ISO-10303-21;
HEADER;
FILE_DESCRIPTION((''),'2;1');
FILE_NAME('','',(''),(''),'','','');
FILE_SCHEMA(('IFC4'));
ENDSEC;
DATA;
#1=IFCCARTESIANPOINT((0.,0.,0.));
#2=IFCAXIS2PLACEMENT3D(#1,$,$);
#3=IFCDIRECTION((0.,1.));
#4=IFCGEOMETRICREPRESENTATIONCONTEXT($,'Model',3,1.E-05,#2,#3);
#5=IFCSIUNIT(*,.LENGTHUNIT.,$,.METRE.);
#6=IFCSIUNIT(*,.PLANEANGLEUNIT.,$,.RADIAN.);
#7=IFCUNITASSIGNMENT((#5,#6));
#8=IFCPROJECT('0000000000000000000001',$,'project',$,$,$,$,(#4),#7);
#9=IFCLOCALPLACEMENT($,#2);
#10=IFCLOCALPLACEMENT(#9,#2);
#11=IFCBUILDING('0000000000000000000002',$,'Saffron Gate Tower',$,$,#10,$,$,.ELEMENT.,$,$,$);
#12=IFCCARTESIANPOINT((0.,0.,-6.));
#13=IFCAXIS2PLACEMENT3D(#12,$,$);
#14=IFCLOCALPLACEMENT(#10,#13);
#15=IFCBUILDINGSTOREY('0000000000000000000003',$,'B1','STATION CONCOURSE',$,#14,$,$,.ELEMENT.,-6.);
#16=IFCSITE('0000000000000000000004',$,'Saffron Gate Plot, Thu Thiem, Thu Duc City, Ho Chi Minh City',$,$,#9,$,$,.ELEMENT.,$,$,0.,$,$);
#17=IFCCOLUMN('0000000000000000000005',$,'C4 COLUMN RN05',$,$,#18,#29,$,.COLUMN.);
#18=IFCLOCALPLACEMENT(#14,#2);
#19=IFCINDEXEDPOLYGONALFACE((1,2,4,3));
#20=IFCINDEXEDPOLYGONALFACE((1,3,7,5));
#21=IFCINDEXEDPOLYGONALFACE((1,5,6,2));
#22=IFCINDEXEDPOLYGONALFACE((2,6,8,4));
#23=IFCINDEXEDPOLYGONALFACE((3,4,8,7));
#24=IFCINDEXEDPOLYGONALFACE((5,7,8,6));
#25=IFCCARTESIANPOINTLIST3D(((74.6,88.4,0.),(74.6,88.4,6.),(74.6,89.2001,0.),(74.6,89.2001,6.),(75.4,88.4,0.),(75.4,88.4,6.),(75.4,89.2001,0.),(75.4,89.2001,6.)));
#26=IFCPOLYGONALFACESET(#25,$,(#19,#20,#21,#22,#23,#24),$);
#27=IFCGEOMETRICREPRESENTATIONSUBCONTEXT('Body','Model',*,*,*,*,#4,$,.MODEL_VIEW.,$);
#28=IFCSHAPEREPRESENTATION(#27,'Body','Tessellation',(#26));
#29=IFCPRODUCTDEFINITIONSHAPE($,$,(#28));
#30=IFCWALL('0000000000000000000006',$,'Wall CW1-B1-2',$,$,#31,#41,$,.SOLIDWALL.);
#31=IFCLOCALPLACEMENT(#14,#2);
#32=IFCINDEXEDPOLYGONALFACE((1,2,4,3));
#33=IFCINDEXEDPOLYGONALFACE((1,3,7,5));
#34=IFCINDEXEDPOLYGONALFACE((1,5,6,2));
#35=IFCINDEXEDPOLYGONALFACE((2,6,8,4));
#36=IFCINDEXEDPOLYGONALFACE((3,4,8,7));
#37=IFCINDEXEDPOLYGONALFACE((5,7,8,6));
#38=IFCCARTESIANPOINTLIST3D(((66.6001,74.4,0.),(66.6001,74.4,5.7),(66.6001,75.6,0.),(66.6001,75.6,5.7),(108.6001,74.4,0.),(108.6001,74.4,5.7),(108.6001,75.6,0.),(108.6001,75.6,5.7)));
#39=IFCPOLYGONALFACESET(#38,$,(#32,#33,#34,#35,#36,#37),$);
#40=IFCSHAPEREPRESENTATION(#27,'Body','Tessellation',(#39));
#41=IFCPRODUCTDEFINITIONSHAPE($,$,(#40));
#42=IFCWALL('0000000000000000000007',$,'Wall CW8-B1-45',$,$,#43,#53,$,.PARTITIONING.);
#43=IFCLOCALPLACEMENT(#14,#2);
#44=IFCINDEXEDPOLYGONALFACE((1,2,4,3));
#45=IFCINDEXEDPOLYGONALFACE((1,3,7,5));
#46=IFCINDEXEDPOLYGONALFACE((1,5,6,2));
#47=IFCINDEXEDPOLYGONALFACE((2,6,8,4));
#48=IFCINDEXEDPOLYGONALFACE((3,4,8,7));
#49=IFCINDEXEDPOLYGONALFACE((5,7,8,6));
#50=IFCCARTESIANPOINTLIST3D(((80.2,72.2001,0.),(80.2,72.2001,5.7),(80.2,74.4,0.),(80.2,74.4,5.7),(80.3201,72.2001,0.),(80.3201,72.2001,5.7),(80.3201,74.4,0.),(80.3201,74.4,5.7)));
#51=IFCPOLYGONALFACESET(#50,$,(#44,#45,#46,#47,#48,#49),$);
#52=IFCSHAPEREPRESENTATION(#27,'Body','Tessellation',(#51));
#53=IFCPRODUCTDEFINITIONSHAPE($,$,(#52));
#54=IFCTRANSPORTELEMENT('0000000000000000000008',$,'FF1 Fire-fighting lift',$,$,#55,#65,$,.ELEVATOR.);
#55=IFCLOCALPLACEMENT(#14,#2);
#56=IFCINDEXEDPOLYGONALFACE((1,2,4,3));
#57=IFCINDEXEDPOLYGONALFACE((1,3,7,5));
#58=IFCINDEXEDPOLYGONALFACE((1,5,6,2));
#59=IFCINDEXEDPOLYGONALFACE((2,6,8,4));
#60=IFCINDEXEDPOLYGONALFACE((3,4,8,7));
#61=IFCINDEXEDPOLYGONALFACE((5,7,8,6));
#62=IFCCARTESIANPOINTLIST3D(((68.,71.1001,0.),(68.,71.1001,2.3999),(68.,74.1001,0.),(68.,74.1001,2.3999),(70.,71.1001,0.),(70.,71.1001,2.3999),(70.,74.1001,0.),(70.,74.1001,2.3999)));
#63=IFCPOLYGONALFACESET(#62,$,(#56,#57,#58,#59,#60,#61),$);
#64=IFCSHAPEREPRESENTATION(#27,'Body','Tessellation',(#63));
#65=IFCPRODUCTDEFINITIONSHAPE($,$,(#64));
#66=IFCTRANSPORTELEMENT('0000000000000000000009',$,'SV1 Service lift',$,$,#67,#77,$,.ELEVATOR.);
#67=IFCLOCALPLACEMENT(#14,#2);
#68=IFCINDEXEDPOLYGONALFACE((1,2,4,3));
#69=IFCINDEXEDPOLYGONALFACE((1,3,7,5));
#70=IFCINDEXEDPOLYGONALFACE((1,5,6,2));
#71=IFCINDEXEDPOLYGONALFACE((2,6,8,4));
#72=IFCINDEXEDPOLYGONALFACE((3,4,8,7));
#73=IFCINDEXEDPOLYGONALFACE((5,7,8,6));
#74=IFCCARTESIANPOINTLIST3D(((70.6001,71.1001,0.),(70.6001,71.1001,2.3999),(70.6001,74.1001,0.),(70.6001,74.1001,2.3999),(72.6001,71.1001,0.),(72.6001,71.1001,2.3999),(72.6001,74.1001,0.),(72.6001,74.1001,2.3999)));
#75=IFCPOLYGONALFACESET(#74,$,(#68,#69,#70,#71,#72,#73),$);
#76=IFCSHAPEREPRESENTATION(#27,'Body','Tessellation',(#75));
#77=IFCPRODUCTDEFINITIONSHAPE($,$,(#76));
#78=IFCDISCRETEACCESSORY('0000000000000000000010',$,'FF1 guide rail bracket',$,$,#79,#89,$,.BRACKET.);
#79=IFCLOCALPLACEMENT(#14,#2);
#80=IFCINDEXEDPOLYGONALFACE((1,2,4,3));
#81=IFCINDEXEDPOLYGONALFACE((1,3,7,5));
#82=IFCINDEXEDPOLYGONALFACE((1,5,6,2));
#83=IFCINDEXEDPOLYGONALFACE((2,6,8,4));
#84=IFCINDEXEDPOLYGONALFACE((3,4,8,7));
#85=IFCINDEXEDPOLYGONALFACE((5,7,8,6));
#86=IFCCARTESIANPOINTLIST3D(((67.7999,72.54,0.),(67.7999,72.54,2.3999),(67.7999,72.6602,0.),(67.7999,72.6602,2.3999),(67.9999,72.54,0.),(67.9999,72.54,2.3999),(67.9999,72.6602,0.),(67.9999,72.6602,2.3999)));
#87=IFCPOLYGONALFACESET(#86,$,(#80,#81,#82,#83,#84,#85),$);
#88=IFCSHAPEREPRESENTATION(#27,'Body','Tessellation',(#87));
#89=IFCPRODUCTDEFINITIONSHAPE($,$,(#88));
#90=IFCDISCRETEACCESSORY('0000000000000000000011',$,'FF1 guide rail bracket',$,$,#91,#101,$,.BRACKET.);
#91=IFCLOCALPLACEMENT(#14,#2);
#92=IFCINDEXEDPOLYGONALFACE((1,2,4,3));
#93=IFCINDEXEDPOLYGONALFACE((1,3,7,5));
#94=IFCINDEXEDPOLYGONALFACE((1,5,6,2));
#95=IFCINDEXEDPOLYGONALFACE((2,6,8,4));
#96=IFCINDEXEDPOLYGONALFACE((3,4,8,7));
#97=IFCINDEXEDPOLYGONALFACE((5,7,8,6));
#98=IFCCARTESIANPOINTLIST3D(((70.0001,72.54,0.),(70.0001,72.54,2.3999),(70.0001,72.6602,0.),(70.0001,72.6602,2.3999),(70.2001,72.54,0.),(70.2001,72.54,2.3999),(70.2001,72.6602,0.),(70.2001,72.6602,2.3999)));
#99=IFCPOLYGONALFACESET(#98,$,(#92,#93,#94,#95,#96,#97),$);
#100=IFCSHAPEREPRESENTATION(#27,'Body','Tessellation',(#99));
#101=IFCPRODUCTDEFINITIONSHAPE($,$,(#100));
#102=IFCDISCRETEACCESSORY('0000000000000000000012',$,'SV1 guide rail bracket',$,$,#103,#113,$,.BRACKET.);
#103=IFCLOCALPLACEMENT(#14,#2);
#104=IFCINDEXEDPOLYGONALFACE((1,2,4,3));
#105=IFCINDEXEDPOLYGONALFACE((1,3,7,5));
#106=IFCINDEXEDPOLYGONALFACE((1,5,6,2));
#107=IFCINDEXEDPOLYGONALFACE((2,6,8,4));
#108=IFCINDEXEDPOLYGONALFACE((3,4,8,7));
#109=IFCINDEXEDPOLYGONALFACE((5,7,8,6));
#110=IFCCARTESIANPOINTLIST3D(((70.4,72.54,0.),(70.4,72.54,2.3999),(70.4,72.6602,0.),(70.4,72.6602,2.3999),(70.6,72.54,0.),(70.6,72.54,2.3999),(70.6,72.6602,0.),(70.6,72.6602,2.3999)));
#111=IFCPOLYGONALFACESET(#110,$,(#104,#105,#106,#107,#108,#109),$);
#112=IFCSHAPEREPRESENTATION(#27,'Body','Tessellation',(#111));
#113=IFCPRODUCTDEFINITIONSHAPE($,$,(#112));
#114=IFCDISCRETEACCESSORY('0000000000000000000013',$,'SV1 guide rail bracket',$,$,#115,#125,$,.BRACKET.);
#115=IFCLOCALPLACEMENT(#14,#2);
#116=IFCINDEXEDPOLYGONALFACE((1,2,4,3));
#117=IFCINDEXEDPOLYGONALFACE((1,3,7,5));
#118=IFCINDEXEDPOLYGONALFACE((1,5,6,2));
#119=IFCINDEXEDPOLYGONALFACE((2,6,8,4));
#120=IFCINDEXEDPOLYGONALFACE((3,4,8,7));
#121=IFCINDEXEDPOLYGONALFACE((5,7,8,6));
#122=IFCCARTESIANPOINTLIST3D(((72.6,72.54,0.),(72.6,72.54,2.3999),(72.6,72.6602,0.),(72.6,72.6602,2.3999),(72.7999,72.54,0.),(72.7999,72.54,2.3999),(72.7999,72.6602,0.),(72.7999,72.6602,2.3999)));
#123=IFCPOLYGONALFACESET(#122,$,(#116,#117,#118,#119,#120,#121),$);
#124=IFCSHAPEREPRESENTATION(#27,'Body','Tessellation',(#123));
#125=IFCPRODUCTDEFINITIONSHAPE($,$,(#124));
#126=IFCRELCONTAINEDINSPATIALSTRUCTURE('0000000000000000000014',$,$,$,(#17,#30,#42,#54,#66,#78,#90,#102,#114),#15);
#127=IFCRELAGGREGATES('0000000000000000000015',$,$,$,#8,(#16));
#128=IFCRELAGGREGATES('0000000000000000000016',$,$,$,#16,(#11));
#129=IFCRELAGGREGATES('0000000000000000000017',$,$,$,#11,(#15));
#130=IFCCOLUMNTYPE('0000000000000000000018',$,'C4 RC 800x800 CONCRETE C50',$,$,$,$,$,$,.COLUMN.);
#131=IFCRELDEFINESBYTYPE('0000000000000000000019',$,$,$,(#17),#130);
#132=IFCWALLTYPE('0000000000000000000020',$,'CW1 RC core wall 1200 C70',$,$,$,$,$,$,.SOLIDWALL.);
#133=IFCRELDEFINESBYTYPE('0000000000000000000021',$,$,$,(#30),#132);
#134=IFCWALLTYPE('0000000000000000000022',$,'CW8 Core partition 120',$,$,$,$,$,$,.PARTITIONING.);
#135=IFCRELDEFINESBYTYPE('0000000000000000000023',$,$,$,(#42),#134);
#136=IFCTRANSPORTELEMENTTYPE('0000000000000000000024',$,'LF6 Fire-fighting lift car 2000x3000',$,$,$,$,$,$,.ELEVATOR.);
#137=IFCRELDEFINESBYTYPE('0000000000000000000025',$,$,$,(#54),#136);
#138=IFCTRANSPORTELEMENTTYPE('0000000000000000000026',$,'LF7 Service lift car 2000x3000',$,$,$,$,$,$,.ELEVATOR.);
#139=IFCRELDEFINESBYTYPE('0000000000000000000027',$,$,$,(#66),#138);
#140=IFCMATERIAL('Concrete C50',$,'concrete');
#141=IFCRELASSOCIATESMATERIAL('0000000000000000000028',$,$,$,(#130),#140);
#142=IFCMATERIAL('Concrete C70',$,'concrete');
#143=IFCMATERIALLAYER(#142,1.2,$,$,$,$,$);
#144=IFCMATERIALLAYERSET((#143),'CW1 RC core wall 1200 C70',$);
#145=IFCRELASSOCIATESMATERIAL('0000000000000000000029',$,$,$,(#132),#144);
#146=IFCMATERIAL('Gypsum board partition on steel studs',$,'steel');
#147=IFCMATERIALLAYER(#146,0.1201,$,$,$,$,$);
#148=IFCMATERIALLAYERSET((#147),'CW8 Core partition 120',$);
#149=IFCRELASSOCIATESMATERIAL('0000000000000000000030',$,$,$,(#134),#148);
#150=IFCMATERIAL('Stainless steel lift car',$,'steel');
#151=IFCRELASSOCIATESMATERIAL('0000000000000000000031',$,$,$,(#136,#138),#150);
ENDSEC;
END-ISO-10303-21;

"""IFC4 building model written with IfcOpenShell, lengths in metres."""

from ifc_helpers import new_model, si_unit, direction, frame, frame_2d, origin, origin_2d, place, context, subcontext, project, spatial, rectangle, extrude, material, layer, layer_set, material_profile, profile_set, type_object, element, save


model = new_model("IFC4")

# Units and contexts
model_context = context("Model", 3, precision=1e-05, world=origin(), true_north=direction((0.0, 1.0)))
body_context = subcontext(model_context, "Body", "Model", "MODEL_VIEW")
ifc_project = project(units=[si_unit("LENGTHUNIT", "METRE"), si_unit("PLANEANGLEUNIT", "RADIAN")], contexts=[model_context])

# Site, building, storey
site_placement = place(None, origin())
site = spatial("IfcSite", under=ifc_project, at=site_placement, Name="Saffron Gate Plot, Thu Thiem, Thu Duc City, Ho Chi Minh City", CompositionType="ELEMENT", RefElevation=0.0)
building_placement = place(site_placement, origin())
building = spatial("IfcBuilding", under=site, at=building_placement, Name="Saffron Gate Tower", CompositionType="ELEMENT")
storey_placement = place(building_placement, frame((0.0, 0.0, -6.0)))
storey = spatial("IfcBuildingStorey", under=building, at=storey_placement, Name="B1", Description="STATION CONCOURSE", CompositionType="ELEMENT", Elevation=-6.0)

# Column
ifc_material_1 = material(Name="Concrete C50", Category="concrete")
ifc_material_profile_1 = material_profile(ifc_material_1, rectangle(XDim=0.8, YDim=0.8, at=origin_2d()))
ifc_profile_set_1 = profile_set([ifc_material_profile_1], Name="Concrete C50")
column_type = type_object("IfcColumnType", Name="C4 RC 800x800 CONCRETE C50", PredefinedType="COLUMN", material=ifc_profile_set_1)
for number, where, z_axis, x_axis, name in (
    (1, (75.0, 88.8, 0.0), (0.0, 0.0, 1.0), (1.0, 0.0, 0.0), "C4 COLUMN RN05"),
):
    element("IfcColumn", number, at=place(storey_placement, frame(where, z_axis=z_axis, x_axis=x_axis)), inside=storey, type_object=column_type, Name=name, PredefinedType="COLUMN", context=body_context, shape_type="SweptSolid", body=[
        extrude(rectangle(XDim=0.8, YDim=0.8, at=origin_2d()), origin(), (0.0, 0.0, 1.0), 6.0),
    ])

# Walls
ifc_material_2 = material(Name="Concrete C70", Category="concrete")
ifc_layer_1 = layer(ifc_material_2, 1.2)
ifc_layer_set_1 = layer_set([ifc_layer_1], Name="CW1 RC core wall 1200 C70")
wall_type_1 = type_object("IfcWallType", Name="CW1 RC core wall 1200 C70", PredefinedType="SOLIDWALL", material=ifc_layer_set_1)
wall_1_placement = place(storey_placement, frame((66.6001, 75.0, 0.0), z_axis=(0.0, 0.0, 1.0), x_axis=(1.0, 0.0, 0.0)))
element("IfcWall", 2, at=wall_1_placement, inside=storey, type_object=wall_type_1, Name="Wall CW1-B1-2", PredefinedType="SOLIDWALL", context=body_context, shape_type="SweptSolid", body=[
    extrude(rectangle(XDim=42.0, YDim=1.2, at=frame_2d((21.0, 0.0))), origin(), (0.0, 0.0, 1.0), 5.7),
])
ifc_material_3 = material(Name="Gypsum board partition on steel studs", Category="steel")
ifc_layer_2 = layer(ifc_material_3, 0.1201)
ifc_layer_set_2 = layer_set([ifc_layer_2], Name="CW8 Core partition 120")
wall_type_2 = type_object("IfcWallType", Name="CW8 Core partition 120", PredefinedType="PARTITIONING", material=ifc_layer_set_2)
wall_2_placement = place(storey_placement, frame((80.26, 72.2, 0.0), z_axis=(0.0, 0.0, 1.0), x_axis=(0.0, 1.0, 0.0)))
element("IfcWall", 3, at=wall_2_placement, inside=storey, type_object=wall_type_2, Name="Wall CW8-B1-45", PredefinedType="PARTITIONING", context=body_context, shape_type="SweptSolid", body=[
    extrude(rectangle(XDim=2.2, YDim=0.1201, at=frame_2d((1.1001, 0.0))), origin(), (0.0, 0.0, 1.0), 5.7),
])

# Transport elements
ifc_material_4 = material(Name="Stainless steel lift car", Category="steel")
transport_element_type_1 = type_object("IfcTransportElementType", Name="LF6 Fire-fighting lift car 2000x3000", PredefinedType="ELEVATOR", material=ifc_material_4)
transport_element_1_placement = place(storey_placement, frame((69.0, 72.6001, 0.0), z_axis=(0.0, 0.0, 1.0), x_axis=(1.0, 0.0, 0.0)))
element("IfcTransportElement", 4, at=transport_element_1_placement, inside=storey, type_object=transport_element_type_1, Name="FF1 Fire-fighting lift", PredefinedType="ELEVATOR", context=body_context, shape_type="SweptSolid", body=[
    extrude(rectangle(XDim=2.0, YDim=3.0, at=origin_2d()), origin(), (0.0, 0.0, 1.0), 2.3999),
])
transport_element_type_2 = type_object("IfcTransportElementType", Name="LF7 Service lift car 2000x3000", PredefinedType="ELEVATOR", material=ifc_material_4)
transport_element_2_placement = place(storey_placement, frame((71.6001, 72.6001, 0.0), z_axis=(0.0, 0.0, 1.0), x_axis=(1.0, 0.0, 0.0)))
element("IfcTransportElement", 5, at=transport_element_2_placement, inside=storey, type_object=transport_element_type_2, Name="SV1 Service lift", PredefinedType="ELEVATOR", context=body_context, shape_type="SweptSolid", body=[
    extrude(rectangle(XDim=2.0, YDim=3.0, at=origin_2d()), origin(), (0.0, 0.0, 1.0), 2.3999),
])

# Discrete accessories
for number, where, z_axis, x_axis, name in (
    (6, (67.8999, 72.6001, 0.0), (0.0, 0.0, 1.0), (1.0, 0.0, 0.0), "FF1 guide rail bracket"),
    (7, (70.1001, 72.6001, 0.0), (0.0, 0.0, 1.0), (1.0, 0.0, 0.0), "FF1 guide rail bracket"),
    (8, (70.5, 72.6001, 0.0), (0.0, 0.0, 1.0), (1.0, 0.0, 0.0), "SV1 guide rail bracket"),
    (9, (72.7, 72.6001, 0.0), (0.0, 0.0, 1.0), (1.0, 0.0, 0.0), "SV1 guide rail bracket"),
):
    element("IfcDiscreteAccessory", number, at=place(storey_placement, frame(where, z_axis=z_axis, x_axis=x_axis)), inside=storey, Name=name, PredefinedType="BRACKET", context=body_context, shape_type="SweptSolid", body=[
        extrude(rectangle(XDim=0.2, YDim=0.1201, at=origin_2d()), origin(), (0.0, 0.0, 1.0), 2.3999),
    ])

save(model, "model.ifc")
